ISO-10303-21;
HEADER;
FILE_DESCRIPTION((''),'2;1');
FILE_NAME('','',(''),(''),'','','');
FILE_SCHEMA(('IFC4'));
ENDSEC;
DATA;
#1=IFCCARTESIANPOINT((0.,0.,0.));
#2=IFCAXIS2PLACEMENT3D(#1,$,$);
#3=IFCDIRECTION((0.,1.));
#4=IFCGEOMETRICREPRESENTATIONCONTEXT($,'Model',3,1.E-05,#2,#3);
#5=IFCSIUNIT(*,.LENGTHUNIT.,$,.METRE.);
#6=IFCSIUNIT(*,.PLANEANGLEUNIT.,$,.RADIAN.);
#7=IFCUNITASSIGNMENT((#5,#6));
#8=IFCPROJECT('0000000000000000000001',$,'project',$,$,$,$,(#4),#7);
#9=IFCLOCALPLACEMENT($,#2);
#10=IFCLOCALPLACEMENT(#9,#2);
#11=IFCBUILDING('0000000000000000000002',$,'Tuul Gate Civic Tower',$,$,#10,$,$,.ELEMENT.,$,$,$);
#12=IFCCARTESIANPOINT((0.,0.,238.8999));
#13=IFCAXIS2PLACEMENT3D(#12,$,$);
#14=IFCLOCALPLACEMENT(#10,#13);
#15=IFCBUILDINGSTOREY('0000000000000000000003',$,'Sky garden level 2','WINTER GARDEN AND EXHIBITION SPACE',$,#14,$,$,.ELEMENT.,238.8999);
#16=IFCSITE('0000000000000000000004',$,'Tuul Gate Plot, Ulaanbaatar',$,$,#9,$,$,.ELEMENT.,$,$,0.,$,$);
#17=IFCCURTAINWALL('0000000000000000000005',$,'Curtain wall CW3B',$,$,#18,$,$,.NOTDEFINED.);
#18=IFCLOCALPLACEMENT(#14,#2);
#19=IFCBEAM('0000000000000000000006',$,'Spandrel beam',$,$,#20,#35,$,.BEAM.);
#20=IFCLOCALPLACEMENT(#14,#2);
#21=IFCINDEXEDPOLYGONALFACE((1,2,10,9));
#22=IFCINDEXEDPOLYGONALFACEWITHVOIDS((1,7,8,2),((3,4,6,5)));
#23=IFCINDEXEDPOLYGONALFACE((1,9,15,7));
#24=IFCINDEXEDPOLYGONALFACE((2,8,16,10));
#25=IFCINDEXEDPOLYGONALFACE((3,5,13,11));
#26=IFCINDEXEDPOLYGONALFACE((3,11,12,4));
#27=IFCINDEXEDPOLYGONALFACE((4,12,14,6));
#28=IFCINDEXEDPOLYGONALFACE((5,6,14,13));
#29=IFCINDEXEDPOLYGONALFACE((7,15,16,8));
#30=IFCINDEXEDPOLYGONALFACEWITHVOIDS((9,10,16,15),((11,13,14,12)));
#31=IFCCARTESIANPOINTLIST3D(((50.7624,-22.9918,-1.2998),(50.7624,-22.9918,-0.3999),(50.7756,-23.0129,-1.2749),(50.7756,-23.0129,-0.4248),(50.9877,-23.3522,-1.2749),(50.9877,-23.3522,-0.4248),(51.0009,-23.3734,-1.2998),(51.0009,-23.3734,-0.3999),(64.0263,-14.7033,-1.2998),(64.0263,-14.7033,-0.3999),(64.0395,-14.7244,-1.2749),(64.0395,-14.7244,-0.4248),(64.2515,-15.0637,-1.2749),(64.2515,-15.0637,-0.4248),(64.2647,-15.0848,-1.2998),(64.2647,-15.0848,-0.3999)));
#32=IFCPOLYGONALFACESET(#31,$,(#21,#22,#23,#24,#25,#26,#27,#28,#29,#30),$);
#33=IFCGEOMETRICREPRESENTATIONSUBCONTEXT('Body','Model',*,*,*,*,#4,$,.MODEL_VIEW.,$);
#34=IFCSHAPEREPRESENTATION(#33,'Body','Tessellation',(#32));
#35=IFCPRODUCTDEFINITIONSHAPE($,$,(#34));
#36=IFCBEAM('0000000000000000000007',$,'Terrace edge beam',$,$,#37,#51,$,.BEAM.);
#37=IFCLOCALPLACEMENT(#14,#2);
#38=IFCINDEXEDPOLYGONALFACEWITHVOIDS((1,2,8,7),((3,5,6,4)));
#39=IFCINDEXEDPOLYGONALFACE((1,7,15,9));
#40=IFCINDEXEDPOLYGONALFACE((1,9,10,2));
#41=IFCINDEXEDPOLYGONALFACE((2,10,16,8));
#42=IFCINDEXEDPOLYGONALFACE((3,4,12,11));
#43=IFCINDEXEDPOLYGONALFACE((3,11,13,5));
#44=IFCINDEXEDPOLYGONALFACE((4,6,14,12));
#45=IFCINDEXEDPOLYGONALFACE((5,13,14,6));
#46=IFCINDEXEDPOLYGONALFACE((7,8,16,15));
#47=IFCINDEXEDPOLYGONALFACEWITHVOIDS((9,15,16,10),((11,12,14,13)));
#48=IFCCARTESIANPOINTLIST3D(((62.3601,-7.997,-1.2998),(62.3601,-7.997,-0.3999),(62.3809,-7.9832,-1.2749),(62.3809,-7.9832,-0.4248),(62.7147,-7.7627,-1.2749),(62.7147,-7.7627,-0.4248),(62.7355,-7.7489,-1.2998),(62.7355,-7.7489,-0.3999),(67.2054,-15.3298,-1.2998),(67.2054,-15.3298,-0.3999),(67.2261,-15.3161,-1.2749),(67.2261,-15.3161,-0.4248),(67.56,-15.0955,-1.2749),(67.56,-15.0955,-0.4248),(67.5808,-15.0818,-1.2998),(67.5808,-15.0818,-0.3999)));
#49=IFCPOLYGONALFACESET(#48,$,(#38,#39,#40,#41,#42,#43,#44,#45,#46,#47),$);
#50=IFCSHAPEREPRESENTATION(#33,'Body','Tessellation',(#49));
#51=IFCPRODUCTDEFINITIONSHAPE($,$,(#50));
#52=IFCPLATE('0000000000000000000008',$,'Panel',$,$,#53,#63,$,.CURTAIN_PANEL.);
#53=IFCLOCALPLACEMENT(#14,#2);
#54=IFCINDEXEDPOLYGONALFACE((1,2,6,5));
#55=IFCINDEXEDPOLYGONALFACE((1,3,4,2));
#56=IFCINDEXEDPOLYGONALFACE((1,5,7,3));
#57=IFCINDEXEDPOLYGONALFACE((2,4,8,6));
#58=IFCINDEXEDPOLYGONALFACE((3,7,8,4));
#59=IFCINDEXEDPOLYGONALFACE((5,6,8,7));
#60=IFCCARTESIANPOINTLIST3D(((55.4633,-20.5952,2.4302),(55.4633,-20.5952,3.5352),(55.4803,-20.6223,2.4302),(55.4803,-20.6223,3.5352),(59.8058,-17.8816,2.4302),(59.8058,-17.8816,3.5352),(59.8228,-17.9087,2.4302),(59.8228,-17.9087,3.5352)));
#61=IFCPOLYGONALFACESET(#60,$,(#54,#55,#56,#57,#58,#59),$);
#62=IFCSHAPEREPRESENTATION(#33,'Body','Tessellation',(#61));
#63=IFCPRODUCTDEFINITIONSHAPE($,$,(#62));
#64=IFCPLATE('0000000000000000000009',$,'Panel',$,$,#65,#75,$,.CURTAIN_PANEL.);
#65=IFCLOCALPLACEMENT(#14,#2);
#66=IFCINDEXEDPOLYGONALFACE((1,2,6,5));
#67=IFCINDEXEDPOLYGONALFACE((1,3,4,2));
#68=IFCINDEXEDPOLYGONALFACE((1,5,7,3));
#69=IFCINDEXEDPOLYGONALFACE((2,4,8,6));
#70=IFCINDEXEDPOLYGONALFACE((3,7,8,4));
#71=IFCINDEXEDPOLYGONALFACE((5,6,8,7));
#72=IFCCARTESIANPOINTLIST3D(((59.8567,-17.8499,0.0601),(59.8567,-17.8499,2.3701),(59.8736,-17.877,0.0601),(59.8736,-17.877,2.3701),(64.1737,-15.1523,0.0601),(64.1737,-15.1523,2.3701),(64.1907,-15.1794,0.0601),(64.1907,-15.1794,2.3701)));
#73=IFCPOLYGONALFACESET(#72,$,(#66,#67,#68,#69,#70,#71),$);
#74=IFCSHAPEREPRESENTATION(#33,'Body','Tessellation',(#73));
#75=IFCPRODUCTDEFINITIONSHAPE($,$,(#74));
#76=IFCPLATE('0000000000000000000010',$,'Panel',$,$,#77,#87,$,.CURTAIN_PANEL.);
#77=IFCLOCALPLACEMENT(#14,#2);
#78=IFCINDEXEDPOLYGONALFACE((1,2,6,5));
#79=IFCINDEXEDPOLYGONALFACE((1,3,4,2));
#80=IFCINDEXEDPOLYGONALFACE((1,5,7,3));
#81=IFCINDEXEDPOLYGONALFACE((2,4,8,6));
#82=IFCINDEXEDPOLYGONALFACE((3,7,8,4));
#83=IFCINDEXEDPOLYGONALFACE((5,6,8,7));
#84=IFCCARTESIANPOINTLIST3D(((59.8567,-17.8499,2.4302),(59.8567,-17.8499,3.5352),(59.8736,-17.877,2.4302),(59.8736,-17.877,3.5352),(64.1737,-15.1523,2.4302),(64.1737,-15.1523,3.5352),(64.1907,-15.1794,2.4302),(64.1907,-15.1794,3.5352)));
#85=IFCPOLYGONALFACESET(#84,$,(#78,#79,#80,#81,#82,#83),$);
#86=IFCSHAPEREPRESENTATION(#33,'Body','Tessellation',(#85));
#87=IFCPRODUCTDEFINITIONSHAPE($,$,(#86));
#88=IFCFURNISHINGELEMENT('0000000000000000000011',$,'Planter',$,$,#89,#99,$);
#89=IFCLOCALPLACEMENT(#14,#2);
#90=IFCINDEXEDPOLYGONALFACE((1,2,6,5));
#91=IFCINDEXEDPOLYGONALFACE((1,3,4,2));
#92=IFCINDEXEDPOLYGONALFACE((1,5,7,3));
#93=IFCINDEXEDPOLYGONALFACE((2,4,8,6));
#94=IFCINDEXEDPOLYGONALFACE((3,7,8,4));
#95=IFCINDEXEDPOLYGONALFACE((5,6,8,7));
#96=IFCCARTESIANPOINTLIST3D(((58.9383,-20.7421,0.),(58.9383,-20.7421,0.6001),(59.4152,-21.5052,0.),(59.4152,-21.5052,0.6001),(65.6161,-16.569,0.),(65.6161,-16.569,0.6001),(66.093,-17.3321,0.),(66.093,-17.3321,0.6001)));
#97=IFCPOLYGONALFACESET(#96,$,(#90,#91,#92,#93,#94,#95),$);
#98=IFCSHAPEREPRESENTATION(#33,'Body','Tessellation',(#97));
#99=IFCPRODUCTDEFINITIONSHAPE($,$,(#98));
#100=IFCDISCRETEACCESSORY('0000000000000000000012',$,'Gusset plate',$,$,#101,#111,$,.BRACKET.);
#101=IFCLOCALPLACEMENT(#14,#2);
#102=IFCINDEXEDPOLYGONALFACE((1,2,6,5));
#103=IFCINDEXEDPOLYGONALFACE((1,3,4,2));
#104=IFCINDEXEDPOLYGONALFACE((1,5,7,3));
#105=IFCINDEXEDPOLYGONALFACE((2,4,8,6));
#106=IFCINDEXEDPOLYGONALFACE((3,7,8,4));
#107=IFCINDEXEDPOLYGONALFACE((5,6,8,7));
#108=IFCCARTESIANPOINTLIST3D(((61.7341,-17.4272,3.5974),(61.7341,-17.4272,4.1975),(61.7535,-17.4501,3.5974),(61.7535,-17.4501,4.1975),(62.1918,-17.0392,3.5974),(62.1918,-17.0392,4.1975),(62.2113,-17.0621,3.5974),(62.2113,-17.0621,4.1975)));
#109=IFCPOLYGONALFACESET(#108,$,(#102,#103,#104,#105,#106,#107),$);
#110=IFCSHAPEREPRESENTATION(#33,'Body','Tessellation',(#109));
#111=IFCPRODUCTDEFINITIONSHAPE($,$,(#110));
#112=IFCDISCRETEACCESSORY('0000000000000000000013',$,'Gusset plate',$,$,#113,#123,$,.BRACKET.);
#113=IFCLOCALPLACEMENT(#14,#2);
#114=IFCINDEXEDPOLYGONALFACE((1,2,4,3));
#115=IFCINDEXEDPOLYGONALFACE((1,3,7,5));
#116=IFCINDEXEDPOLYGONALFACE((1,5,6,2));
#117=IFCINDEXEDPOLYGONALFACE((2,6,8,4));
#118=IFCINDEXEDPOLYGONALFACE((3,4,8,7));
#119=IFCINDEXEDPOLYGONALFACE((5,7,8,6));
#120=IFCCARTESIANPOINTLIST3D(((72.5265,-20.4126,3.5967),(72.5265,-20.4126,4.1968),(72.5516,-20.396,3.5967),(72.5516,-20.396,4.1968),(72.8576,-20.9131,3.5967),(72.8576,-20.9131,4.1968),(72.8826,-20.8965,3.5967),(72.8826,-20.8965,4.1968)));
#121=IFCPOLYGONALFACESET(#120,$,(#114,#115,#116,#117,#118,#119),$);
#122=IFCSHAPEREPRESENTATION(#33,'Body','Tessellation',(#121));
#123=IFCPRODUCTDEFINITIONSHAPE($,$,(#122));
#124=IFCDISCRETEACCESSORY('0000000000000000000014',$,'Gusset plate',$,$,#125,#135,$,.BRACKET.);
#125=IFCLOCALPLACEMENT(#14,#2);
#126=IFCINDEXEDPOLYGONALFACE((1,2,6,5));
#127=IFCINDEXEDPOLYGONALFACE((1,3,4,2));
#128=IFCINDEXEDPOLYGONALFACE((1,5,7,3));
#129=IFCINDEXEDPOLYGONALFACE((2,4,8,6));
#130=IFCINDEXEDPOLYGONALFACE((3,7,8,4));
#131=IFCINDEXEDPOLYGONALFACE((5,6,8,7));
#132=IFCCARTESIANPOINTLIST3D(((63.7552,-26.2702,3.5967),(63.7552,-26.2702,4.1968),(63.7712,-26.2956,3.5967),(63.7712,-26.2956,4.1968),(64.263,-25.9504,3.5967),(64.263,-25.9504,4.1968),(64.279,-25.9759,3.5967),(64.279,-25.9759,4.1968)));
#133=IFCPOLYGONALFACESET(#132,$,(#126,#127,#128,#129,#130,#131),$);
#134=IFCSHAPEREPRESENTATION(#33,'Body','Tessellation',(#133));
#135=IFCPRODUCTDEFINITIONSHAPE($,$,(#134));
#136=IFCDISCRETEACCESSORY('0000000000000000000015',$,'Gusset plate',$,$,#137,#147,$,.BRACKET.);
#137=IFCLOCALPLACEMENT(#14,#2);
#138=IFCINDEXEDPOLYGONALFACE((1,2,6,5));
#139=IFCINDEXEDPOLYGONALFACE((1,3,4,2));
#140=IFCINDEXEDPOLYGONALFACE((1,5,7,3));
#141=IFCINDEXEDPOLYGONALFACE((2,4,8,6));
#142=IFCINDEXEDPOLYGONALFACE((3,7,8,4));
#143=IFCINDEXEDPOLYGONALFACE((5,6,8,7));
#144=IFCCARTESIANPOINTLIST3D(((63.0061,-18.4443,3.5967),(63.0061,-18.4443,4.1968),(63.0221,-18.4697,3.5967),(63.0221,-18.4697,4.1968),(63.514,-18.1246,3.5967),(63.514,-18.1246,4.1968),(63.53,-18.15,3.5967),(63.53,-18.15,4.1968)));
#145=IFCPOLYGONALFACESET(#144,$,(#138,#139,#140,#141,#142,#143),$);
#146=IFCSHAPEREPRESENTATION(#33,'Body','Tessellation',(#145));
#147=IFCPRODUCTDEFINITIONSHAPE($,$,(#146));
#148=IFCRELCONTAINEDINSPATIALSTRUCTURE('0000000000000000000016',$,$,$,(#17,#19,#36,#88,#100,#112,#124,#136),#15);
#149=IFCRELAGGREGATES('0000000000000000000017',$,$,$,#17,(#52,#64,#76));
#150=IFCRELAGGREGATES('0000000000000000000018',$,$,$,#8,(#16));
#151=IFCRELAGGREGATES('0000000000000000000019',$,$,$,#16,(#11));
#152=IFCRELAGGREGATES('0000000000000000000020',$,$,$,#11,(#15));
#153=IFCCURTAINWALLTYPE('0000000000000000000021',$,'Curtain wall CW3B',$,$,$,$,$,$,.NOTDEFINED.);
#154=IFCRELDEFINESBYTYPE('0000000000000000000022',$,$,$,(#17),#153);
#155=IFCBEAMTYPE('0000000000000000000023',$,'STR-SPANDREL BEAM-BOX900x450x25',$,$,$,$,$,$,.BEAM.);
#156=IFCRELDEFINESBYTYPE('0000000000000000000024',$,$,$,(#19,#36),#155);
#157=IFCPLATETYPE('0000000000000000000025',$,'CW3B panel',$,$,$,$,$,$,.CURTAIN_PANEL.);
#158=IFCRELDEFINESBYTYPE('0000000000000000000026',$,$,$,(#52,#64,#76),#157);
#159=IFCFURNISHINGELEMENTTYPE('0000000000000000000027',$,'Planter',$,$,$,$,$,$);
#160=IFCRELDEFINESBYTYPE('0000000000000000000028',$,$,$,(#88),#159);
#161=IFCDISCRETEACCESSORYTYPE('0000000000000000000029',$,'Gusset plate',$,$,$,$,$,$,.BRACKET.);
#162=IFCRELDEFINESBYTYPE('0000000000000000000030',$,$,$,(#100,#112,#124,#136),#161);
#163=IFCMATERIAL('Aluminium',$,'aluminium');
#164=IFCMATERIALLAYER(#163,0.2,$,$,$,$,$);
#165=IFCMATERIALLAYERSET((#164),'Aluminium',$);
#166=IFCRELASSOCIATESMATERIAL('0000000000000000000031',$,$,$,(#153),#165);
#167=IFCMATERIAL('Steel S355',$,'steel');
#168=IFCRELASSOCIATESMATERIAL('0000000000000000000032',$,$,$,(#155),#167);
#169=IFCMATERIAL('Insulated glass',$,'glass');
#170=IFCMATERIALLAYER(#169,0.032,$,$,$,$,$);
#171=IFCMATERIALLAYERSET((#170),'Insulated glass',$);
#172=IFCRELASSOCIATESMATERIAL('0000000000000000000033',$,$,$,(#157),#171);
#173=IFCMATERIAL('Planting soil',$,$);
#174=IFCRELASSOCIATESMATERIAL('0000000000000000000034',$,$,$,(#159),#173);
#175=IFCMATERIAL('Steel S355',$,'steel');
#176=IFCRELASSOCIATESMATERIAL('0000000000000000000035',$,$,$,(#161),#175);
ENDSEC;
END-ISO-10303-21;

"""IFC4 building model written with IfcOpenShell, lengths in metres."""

from ifc_helpers import new_model, si_unit, direction, frame, origin, origin_2d, place, context, subcontext, project, spatial, rectangle, hollow_rectangle, extrude, material, layer, layer_set, material_profile, profile_set, type_object, element, aggregate, save


model = new_model("IFC4")

# Units and contexts
model_context = context("Model", 3, precision=1e-05, world=origin(), true_north=direction((0.0, 1.0)))
body_context = subcontext(model_context, "Body", "Model", "MODEL_VIEW")
ifc_project = project(units=[si_unit("LENGTHUNIT", "METRE"), si_unit("PLANEANGLEUNIT", "RADIAN")], contexts=[model_context])

# Site, building, storey
site_placement = place(None, origin())
site = spatial("IfcSite", under=ifc_project, at=site_placement, Name="Tuul Gate Plot, Ulaanbaatar", CompositionType="ELEMENT", RefElevation=0.0)
building_placement = place(site_placement, origin())
building = spatial("IfcBuilding", under=site, at=building_placement, Name="Tuul Gate Civic Tower", CompositionType="ELEMENT")
storey_placement = place(building_placement, frame((0.0, 0.0, 238.8999)))
storey = spatial("IfcBuildingStorey", under=building, at=storey_placement, Name="Sky garden level 2", Description="WINTER GARDEN AND EXHIBITION SPACE", CompositionType="ELEMENT", Elevation=238.8999)

# Curtain wall
ifc_material_1 = material(Name="Aluminium", Category="aluminium")
ifc_layer_1 = layer(ifc_material_1, 0.2)
ifc_layer_set_1 = layer_set([ifc_layer_1], Name="Aluminium")
curtain_wall_type = type_object("IfcCurtainWallType", Name="Curtain wall CW3B", PredefinedType="NOTDEFINED", material=ifc_layer_set_1)
curtain_wall_placement = place(storey_placement, origin())
curtain_wall = element("IfcCurtainWall", 1, at=curtain_wall_placement, inside=storey, type_object=curtain_wall_type, Name="Curtain wall CW3B", PredefinedType="NOTDEFINED")

# Beams
ifc_material_2 = material(Name="Steel S355", Category="steel")
ifc_material_profile_1 = material_profile(ifc_material_2, hollow_rectangle(XDim=0.45, YDim=0.8999, WallThickness=0.0249, at=origin_2d()), Name="BOX900x450x25")
ifc_profile_set_1 = profile_set([ifc_material_profile_1], Name="Steel S355")
beam_type_1 = type_object("IfcBeamType", Name="STR-SPANDREL BEAM-BOX900x450x25", PredefinedType="BEAM", material=ifc_profile_set_1)
beam_1_placement = place(storey_placement, frame((64.1455, -14.894, -0.8499), z_axis=(-0.848038, -0.529936, 0.0), x_axis=(0.529936, -0.848038, 0.0)))
element("IfcBeam", 2, at=beam_1_placement, inside=storey, type_object=beam_type_1, Name="Spandrel beam", PredefinedType="BEAM", context=body_context, shape_type="SweptSolid", body=[
    extrude(hollow_rectangle(XDim=0.45, YDim=0.8999, WallThickness=0.0249, at=origin_2d()), origin(), (0.0, 0.0, 1.0), 15.6406),
])
beam_2_placement = place(storey_placement, frame((67.3931, -15.2058, -0.8499), z_axis=(-0.551285, 0.834317, 0.0), x_axis=(-0.834317, -0.551285, 0.0)))
element("IfcBeam", 3, at=beam_2_placement, inside=storey, type_object=beam_type_1, Name="Terrace edge beam", PredefinedType="BEAM", context=body_context, shape_type="SweptSolid", body=[
    extrude(hollow_rectangle(XDim=0.45, YDim=0.8999, WallThickness=0.0249, at=origin_2d()), origin(), (0.0, 0.0, 1.0), 8.7891),
])

# Plates
ifc_material_3 = material(Name="Insulated glass", Category="glass")
ifc_layer_2 = layer(ifc_material_3, 0.032)
ifc_layer_set_2 = layer_set([ifc_layer_2], Name="Insulated glass")
plate_type = type_object("IfcPlateType", Name="CW3B panel", PredefinedType="CURTAIN_PANEL", material=ifc_layer_set_2)
plate_1_placement = place(storey_placement, frame((57.6431, -19.252, 2.4302), z_axis=(0.0, 0.0, 1.0), x_axis=(0.848042, 0.52993, 0.0)))
plate_1 = element("IfcPlate", 4, at=plate_1_placement, type_object=plate_type, Name="Panel", PredefinedType="CURTAIN_PANEL", context=body_context, shape_type="SweptSolid", body=[
    extrude(rectangle(XDim=5.1206, YDim=0.032, at=origin_2d()), origin(), (0.0, 0.0, 1.0), 1.105),
])
plate_2_placement = place(storey_placement, frame((62.0237, -16.5146, 0.0601), z_axis=(0.0, 0.0, 1.0), x_axis=(0.848042, 0.52993, 0.0)))
plate_2 = element("IfcPlate", 5, at=plate_2_placement, type_object=plate_type, Name="Panel", PredefinedType="CURTAIN_PANEL", context=body_context, shape_type="SweptSolid", body=[
    extrude(rectangle(XDim=5.0906, YDim=0.032, at=origin_2d()), origin(), (0.0, 0.0, 1.0), 2.3101),
])
plate_3_placement = place(storey_placement, frame((62.0237, -16.5146, 2.4302), z_axis=(0.0, 0.0, 1.0), x_axis=(0.848042, 0.52993, 0.0)))
plate_3 = element("IfcPlate", 6, at=plate_3_placement, type_object=plate_type, Name="Panel", PredefinedType="CURTAIN_PANEL", context=body_context, shape_type="SweptSolid", body=[
    extrude(rectangle(XDim=5.0906, YDim=0.032, at=origin_2d()), origin(), (0.0, 0.0, 1.0), 1.105),
])
aggregate(curtain_wall, [plate_1, plate_2, plate_3])

# Furnishing element
ifc_material_4 = material(Name="Planting soil")
furnishing_element_type = type_object("IfcFurnishingElementType", Name="Planter", material=ifc_material_4)
furnishing_placement = place(storey_placement, frame((62.5156, -19.0371, 0.0), z_axis=(0.0, 0.0, 1.0), x_axis=(0.848029, 0.52995, 0.0)))
element("IfcFurnishingElement", 7, at=furnishing_placement, inside=storey, type_object=furnishing_element_type, Name="Planter", context=body_context, shape_type="SweptSolid", body=[
    extrude(rectangle(XDim=7.8745, YDim=0.8999, at=origin_2d()), origin(), (0.0, 0.0, 1.0), 0.6001),
])

# Discrete accessories
ifc_material_5 = material(Name="Steel S355", Category="steel")
discrete_accessory_type = type_object("IfcDiscreteAccessoryType", Name="Gusset plate", PredefinedType="BRACKET", material=ifc_material_5)
for number, where, z_axis, x_axis, name in (
    (8, (61.9727, -17.2446, 3.5974), (0.0, 0.0, 1.0), (0.762848, 0.646578, 0.0), "Gusset plate"),
    (9, (72.7046, -20.6545, 3.5967), (0.0, 0.0, 1.0), (-0.551645, 0.834079, 0.0), "Gusset plate"),
    (10, (64.0171, -26.123, 3.5967), (0.0, 0.0, 1.0), (-0.846187, -0.532886, 0.0), "Gusset plate"),
    (11, (63.2681, -18.2971, 3.5967), (0.0, 0.0, 1.0), (0.846275, 0.532746, 0.0), "Gusset plate"),
):
    element("IfcDiscreteAccessory", number, at=place(storey_placement, frame(where, z_axis=z_axis, x_axis=x_axis)), inside=storey, type_object=discrete_accessory_type, Name=name, PredefinedType="BRACKET", context=body_context, shape_type="SweptSolid", body=[
        extrude(rectangle(XDim=0.6001, YDim=0.03, at=origin_2d()), origin(), (0.0, 0.0, 1.0), 0.6001),
    ])

save(model, "model.ifc")
